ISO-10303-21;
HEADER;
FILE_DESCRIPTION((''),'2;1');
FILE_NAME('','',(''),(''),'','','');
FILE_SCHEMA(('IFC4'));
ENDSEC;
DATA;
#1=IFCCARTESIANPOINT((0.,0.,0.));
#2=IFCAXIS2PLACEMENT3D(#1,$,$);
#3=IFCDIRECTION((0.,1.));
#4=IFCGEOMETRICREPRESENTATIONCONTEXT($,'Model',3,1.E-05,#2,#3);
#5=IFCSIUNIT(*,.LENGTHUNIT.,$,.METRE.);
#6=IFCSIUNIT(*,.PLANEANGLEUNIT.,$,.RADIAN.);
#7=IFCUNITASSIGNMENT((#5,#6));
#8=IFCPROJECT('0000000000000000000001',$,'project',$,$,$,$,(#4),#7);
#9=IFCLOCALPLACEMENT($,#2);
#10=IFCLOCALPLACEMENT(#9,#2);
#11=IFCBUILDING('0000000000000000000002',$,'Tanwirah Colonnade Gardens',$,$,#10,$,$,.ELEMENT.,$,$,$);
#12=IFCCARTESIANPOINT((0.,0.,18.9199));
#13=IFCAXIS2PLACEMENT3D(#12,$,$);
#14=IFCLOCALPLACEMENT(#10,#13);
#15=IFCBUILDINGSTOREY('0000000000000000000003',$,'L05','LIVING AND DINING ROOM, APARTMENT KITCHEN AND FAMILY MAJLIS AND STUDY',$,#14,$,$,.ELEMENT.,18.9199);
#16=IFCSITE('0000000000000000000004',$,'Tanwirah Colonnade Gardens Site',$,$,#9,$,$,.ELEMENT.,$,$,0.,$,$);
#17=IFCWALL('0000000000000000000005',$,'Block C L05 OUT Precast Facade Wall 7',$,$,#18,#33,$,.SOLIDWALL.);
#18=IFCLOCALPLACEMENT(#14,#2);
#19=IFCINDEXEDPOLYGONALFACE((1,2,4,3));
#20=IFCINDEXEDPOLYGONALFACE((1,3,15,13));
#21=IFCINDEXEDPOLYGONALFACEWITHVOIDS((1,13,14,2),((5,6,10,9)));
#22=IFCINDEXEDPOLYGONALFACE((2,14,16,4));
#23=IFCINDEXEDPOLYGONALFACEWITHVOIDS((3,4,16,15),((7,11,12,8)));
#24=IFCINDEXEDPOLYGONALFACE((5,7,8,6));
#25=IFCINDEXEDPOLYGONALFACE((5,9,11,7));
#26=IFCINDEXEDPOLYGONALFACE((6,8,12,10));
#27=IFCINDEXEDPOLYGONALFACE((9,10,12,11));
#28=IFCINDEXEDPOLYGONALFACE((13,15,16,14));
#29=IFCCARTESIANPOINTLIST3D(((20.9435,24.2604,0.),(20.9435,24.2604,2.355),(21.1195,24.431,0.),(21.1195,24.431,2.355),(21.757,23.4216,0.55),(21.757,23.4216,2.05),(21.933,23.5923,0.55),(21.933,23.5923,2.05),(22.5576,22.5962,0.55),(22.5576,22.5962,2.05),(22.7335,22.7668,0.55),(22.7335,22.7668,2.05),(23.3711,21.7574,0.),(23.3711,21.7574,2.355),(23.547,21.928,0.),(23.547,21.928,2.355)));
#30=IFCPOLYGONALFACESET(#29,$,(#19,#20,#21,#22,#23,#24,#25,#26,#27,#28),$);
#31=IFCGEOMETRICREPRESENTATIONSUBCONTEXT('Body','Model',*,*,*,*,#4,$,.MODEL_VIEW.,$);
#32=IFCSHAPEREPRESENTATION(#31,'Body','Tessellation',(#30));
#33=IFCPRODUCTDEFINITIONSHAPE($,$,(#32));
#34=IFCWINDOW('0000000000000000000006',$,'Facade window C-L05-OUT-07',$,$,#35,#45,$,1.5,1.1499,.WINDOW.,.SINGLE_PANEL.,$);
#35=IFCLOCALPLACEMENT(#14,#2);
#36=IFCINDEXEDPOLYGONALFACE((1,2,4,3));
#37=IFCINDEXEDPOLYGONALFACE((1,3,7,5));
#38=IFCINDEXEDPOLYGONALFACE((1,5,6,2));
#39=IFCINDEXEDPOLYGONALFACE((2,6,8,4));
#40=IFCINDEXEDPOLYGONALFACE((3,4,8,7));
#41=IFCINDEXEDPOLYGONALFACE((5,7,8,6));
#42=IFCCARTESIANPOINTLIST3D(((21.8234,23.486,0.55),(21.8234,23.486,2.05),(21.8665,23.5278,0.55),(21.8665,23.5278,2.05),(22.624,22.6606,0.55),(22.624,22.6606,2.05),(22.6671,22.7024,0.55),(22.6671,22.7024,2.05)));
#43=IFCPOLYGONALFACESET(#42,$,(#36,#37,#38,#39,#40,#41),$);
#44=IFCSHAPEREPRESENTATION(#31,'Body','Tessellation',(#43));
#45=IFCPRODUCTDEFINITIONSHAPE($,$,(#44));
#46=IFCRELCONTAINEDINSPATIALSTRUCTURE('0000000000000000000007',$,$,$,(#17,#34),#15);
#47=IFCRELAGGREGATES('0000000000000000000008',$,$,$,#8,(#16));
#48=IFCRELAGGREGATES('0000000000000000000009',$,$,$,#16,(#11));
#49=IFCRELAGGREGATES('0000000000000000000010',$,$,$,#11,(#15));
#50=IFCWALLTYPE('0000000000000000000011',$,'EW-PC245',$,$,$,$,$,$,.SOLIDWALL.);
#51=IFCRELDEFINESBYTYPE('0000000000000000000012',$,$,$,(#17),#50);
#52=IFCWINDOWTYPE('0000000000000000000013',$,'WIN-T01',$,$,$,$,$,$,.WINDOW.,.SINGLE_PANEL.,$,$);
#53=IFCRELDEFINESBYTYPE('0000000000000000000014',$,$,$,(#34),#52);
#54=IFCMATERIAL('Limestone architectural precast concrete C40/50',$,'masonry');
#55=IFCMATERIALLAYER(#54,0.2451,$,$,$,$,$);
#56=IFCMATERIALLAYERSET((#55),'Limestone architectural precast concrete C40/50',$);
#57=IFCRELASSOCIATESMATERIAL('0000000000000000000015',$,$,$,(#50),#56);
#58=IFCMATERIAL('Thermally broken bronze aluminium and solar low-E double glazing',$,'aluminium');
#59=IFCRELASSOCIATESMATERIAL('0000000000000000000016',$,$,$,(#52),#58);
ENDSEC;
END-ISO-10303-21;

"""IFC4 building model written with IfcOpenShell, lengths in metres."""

from ifc_helpers import new_model, si_unit, direction, frame, frame_2d, origin, place, context, subcontext, project, spatial, rectangle, extrude, material, layer, layer_set, type_object, element, fill, save


model = new_model("IFC4")

# Units and contexts
model_context = context("Model", 3, precision=1e-05, world=origin(), true_north=direction((0.0, 1.0)))
body_context = subcontext(model_context, "Body", "Model", "MODEL_VIEW")
ifc_project = project(units=[si_unit("LENGTHUNIT", "METRE"), si_unit("PLANEANGLEUNIT", "RADIAN")], contexts=[model_context])

# Site, building, storey
site_placement = place(None, origin())
site = spatial("IfcSite", under=ifc_project, at=site_placement, Name="Tanwirah Colonnade Gardens Site", CompositionType="ELEMENT", RefElevation=0.0)
building_placement = place(site_placement, origin())
building = spatial("IfcBuilding", under=site, at=building_placement, Name="Tanwirah Colonnade Gardens", CompositionType="ELEMENT")
storey_placement = place(building_placement, frame((0.0, 0.0, 18.9199)))
storey = spatial("IfcBuildingStorey", under=building, at=storey_placement, Name="L05", Description="LIVING AND DINING ROOM, APARTMENT KITCHEN AND FAMILY MAJLIS AND STUDY", CompositionType="ELEMENT", Elevation=18.9199)

# Shared definitions
ifc_material_1 = material(Name="Limestone architectural precast concrete C40/50", Category="masonry")
ifc_layer_1 = layer(ifc_material_1, 0.2451)
ifc_layer_set_1 = layer_set([ifc_layer_1], Name="Limestone architectural precast concrete C40/50")
wall_type = type_object("IfcWallType", Name="EW-PC245", PredefinedType="SOLIDWALL", material=ifc_layer_set_1)

# Wall, opening, window
wall_1_placement = place(storey_placement, frame((21.0315, 24.3457, 0.0), z_axis=(0.0, 0.0, 1.0), x_axis=(0.696206, -0.717842, 0.0)))
wall_1 = element("IfcWall", 1, at=wall_1_placement, inside=storey, type_object=wall_type, Name="Block C L05 OUT Precast Facade Wall 7", PredefinedType="SOLIDWALL", context=body_context, shape_type="SweptSolid", body=[
    extrude(rectangle(XDim=3.4868, YDim=0.2451, at=frame_2d((1.7434, 0.0))), origin(), (0.0, 0.0, 1.0), 2.355),
])
opening_1_placement = place(wall_1_placement, frame((1.1685, 0.0, 0.55)))
opening_1 = element("IfcOpeningElement", 2, at=opening_1_placement, cuts=wall_1, PredefinedType="OPENING", context=body_context, shape_type="SweptSolid", body=[
    extrude(rectangle(XDim=1.1499, YDim=1.5, at=frame_2d((0.575, 0.75))), frame((0.0, 0.1326, 0.0), z_axis=(0.0, -1.0, 0.0), x_axis=(1.0, 0.0, 0.0)), (0.0, 0.0, 1.0), 0.2651),
])
ifc_material_2 = material(Name="Thermally broken bronze aluminium and solar low-E double glazing", Category="aluminium")
window_type = type_object("IfcWindowType", Name="WIN-T01", PartitioningType="SINGLE_PANEL", PredefinedType="WINDOW", material=ifc_material_2)
window_placement = place(opening_1_placement, origin())
window = element("IfcWindow", 3, at=window_placement, inside=storey, type_object=window_type, Name="Facade window C-L05-OUT-07", OverallHeight=1.5, OverallWidth=1.1499, PartitioningType="SINGLE_PANEL", PredefinedType="WINDOW", context=body_context, shape_type="SweptSolid", body=[
    extrude(rectangle(XDim=1.1499, YDim=1.5, at=frame_2d((0.575, 0.75))), frame((0.0, 0.03, 0.0), z_axis=(0.0, -1.0, 0.0), x_axis=(1.0, 0.0, 0.0)), (0.0, 0.0, 1.0), 0.0601),
])
fill(opening_1, window)

save(model, "model.ifc")
